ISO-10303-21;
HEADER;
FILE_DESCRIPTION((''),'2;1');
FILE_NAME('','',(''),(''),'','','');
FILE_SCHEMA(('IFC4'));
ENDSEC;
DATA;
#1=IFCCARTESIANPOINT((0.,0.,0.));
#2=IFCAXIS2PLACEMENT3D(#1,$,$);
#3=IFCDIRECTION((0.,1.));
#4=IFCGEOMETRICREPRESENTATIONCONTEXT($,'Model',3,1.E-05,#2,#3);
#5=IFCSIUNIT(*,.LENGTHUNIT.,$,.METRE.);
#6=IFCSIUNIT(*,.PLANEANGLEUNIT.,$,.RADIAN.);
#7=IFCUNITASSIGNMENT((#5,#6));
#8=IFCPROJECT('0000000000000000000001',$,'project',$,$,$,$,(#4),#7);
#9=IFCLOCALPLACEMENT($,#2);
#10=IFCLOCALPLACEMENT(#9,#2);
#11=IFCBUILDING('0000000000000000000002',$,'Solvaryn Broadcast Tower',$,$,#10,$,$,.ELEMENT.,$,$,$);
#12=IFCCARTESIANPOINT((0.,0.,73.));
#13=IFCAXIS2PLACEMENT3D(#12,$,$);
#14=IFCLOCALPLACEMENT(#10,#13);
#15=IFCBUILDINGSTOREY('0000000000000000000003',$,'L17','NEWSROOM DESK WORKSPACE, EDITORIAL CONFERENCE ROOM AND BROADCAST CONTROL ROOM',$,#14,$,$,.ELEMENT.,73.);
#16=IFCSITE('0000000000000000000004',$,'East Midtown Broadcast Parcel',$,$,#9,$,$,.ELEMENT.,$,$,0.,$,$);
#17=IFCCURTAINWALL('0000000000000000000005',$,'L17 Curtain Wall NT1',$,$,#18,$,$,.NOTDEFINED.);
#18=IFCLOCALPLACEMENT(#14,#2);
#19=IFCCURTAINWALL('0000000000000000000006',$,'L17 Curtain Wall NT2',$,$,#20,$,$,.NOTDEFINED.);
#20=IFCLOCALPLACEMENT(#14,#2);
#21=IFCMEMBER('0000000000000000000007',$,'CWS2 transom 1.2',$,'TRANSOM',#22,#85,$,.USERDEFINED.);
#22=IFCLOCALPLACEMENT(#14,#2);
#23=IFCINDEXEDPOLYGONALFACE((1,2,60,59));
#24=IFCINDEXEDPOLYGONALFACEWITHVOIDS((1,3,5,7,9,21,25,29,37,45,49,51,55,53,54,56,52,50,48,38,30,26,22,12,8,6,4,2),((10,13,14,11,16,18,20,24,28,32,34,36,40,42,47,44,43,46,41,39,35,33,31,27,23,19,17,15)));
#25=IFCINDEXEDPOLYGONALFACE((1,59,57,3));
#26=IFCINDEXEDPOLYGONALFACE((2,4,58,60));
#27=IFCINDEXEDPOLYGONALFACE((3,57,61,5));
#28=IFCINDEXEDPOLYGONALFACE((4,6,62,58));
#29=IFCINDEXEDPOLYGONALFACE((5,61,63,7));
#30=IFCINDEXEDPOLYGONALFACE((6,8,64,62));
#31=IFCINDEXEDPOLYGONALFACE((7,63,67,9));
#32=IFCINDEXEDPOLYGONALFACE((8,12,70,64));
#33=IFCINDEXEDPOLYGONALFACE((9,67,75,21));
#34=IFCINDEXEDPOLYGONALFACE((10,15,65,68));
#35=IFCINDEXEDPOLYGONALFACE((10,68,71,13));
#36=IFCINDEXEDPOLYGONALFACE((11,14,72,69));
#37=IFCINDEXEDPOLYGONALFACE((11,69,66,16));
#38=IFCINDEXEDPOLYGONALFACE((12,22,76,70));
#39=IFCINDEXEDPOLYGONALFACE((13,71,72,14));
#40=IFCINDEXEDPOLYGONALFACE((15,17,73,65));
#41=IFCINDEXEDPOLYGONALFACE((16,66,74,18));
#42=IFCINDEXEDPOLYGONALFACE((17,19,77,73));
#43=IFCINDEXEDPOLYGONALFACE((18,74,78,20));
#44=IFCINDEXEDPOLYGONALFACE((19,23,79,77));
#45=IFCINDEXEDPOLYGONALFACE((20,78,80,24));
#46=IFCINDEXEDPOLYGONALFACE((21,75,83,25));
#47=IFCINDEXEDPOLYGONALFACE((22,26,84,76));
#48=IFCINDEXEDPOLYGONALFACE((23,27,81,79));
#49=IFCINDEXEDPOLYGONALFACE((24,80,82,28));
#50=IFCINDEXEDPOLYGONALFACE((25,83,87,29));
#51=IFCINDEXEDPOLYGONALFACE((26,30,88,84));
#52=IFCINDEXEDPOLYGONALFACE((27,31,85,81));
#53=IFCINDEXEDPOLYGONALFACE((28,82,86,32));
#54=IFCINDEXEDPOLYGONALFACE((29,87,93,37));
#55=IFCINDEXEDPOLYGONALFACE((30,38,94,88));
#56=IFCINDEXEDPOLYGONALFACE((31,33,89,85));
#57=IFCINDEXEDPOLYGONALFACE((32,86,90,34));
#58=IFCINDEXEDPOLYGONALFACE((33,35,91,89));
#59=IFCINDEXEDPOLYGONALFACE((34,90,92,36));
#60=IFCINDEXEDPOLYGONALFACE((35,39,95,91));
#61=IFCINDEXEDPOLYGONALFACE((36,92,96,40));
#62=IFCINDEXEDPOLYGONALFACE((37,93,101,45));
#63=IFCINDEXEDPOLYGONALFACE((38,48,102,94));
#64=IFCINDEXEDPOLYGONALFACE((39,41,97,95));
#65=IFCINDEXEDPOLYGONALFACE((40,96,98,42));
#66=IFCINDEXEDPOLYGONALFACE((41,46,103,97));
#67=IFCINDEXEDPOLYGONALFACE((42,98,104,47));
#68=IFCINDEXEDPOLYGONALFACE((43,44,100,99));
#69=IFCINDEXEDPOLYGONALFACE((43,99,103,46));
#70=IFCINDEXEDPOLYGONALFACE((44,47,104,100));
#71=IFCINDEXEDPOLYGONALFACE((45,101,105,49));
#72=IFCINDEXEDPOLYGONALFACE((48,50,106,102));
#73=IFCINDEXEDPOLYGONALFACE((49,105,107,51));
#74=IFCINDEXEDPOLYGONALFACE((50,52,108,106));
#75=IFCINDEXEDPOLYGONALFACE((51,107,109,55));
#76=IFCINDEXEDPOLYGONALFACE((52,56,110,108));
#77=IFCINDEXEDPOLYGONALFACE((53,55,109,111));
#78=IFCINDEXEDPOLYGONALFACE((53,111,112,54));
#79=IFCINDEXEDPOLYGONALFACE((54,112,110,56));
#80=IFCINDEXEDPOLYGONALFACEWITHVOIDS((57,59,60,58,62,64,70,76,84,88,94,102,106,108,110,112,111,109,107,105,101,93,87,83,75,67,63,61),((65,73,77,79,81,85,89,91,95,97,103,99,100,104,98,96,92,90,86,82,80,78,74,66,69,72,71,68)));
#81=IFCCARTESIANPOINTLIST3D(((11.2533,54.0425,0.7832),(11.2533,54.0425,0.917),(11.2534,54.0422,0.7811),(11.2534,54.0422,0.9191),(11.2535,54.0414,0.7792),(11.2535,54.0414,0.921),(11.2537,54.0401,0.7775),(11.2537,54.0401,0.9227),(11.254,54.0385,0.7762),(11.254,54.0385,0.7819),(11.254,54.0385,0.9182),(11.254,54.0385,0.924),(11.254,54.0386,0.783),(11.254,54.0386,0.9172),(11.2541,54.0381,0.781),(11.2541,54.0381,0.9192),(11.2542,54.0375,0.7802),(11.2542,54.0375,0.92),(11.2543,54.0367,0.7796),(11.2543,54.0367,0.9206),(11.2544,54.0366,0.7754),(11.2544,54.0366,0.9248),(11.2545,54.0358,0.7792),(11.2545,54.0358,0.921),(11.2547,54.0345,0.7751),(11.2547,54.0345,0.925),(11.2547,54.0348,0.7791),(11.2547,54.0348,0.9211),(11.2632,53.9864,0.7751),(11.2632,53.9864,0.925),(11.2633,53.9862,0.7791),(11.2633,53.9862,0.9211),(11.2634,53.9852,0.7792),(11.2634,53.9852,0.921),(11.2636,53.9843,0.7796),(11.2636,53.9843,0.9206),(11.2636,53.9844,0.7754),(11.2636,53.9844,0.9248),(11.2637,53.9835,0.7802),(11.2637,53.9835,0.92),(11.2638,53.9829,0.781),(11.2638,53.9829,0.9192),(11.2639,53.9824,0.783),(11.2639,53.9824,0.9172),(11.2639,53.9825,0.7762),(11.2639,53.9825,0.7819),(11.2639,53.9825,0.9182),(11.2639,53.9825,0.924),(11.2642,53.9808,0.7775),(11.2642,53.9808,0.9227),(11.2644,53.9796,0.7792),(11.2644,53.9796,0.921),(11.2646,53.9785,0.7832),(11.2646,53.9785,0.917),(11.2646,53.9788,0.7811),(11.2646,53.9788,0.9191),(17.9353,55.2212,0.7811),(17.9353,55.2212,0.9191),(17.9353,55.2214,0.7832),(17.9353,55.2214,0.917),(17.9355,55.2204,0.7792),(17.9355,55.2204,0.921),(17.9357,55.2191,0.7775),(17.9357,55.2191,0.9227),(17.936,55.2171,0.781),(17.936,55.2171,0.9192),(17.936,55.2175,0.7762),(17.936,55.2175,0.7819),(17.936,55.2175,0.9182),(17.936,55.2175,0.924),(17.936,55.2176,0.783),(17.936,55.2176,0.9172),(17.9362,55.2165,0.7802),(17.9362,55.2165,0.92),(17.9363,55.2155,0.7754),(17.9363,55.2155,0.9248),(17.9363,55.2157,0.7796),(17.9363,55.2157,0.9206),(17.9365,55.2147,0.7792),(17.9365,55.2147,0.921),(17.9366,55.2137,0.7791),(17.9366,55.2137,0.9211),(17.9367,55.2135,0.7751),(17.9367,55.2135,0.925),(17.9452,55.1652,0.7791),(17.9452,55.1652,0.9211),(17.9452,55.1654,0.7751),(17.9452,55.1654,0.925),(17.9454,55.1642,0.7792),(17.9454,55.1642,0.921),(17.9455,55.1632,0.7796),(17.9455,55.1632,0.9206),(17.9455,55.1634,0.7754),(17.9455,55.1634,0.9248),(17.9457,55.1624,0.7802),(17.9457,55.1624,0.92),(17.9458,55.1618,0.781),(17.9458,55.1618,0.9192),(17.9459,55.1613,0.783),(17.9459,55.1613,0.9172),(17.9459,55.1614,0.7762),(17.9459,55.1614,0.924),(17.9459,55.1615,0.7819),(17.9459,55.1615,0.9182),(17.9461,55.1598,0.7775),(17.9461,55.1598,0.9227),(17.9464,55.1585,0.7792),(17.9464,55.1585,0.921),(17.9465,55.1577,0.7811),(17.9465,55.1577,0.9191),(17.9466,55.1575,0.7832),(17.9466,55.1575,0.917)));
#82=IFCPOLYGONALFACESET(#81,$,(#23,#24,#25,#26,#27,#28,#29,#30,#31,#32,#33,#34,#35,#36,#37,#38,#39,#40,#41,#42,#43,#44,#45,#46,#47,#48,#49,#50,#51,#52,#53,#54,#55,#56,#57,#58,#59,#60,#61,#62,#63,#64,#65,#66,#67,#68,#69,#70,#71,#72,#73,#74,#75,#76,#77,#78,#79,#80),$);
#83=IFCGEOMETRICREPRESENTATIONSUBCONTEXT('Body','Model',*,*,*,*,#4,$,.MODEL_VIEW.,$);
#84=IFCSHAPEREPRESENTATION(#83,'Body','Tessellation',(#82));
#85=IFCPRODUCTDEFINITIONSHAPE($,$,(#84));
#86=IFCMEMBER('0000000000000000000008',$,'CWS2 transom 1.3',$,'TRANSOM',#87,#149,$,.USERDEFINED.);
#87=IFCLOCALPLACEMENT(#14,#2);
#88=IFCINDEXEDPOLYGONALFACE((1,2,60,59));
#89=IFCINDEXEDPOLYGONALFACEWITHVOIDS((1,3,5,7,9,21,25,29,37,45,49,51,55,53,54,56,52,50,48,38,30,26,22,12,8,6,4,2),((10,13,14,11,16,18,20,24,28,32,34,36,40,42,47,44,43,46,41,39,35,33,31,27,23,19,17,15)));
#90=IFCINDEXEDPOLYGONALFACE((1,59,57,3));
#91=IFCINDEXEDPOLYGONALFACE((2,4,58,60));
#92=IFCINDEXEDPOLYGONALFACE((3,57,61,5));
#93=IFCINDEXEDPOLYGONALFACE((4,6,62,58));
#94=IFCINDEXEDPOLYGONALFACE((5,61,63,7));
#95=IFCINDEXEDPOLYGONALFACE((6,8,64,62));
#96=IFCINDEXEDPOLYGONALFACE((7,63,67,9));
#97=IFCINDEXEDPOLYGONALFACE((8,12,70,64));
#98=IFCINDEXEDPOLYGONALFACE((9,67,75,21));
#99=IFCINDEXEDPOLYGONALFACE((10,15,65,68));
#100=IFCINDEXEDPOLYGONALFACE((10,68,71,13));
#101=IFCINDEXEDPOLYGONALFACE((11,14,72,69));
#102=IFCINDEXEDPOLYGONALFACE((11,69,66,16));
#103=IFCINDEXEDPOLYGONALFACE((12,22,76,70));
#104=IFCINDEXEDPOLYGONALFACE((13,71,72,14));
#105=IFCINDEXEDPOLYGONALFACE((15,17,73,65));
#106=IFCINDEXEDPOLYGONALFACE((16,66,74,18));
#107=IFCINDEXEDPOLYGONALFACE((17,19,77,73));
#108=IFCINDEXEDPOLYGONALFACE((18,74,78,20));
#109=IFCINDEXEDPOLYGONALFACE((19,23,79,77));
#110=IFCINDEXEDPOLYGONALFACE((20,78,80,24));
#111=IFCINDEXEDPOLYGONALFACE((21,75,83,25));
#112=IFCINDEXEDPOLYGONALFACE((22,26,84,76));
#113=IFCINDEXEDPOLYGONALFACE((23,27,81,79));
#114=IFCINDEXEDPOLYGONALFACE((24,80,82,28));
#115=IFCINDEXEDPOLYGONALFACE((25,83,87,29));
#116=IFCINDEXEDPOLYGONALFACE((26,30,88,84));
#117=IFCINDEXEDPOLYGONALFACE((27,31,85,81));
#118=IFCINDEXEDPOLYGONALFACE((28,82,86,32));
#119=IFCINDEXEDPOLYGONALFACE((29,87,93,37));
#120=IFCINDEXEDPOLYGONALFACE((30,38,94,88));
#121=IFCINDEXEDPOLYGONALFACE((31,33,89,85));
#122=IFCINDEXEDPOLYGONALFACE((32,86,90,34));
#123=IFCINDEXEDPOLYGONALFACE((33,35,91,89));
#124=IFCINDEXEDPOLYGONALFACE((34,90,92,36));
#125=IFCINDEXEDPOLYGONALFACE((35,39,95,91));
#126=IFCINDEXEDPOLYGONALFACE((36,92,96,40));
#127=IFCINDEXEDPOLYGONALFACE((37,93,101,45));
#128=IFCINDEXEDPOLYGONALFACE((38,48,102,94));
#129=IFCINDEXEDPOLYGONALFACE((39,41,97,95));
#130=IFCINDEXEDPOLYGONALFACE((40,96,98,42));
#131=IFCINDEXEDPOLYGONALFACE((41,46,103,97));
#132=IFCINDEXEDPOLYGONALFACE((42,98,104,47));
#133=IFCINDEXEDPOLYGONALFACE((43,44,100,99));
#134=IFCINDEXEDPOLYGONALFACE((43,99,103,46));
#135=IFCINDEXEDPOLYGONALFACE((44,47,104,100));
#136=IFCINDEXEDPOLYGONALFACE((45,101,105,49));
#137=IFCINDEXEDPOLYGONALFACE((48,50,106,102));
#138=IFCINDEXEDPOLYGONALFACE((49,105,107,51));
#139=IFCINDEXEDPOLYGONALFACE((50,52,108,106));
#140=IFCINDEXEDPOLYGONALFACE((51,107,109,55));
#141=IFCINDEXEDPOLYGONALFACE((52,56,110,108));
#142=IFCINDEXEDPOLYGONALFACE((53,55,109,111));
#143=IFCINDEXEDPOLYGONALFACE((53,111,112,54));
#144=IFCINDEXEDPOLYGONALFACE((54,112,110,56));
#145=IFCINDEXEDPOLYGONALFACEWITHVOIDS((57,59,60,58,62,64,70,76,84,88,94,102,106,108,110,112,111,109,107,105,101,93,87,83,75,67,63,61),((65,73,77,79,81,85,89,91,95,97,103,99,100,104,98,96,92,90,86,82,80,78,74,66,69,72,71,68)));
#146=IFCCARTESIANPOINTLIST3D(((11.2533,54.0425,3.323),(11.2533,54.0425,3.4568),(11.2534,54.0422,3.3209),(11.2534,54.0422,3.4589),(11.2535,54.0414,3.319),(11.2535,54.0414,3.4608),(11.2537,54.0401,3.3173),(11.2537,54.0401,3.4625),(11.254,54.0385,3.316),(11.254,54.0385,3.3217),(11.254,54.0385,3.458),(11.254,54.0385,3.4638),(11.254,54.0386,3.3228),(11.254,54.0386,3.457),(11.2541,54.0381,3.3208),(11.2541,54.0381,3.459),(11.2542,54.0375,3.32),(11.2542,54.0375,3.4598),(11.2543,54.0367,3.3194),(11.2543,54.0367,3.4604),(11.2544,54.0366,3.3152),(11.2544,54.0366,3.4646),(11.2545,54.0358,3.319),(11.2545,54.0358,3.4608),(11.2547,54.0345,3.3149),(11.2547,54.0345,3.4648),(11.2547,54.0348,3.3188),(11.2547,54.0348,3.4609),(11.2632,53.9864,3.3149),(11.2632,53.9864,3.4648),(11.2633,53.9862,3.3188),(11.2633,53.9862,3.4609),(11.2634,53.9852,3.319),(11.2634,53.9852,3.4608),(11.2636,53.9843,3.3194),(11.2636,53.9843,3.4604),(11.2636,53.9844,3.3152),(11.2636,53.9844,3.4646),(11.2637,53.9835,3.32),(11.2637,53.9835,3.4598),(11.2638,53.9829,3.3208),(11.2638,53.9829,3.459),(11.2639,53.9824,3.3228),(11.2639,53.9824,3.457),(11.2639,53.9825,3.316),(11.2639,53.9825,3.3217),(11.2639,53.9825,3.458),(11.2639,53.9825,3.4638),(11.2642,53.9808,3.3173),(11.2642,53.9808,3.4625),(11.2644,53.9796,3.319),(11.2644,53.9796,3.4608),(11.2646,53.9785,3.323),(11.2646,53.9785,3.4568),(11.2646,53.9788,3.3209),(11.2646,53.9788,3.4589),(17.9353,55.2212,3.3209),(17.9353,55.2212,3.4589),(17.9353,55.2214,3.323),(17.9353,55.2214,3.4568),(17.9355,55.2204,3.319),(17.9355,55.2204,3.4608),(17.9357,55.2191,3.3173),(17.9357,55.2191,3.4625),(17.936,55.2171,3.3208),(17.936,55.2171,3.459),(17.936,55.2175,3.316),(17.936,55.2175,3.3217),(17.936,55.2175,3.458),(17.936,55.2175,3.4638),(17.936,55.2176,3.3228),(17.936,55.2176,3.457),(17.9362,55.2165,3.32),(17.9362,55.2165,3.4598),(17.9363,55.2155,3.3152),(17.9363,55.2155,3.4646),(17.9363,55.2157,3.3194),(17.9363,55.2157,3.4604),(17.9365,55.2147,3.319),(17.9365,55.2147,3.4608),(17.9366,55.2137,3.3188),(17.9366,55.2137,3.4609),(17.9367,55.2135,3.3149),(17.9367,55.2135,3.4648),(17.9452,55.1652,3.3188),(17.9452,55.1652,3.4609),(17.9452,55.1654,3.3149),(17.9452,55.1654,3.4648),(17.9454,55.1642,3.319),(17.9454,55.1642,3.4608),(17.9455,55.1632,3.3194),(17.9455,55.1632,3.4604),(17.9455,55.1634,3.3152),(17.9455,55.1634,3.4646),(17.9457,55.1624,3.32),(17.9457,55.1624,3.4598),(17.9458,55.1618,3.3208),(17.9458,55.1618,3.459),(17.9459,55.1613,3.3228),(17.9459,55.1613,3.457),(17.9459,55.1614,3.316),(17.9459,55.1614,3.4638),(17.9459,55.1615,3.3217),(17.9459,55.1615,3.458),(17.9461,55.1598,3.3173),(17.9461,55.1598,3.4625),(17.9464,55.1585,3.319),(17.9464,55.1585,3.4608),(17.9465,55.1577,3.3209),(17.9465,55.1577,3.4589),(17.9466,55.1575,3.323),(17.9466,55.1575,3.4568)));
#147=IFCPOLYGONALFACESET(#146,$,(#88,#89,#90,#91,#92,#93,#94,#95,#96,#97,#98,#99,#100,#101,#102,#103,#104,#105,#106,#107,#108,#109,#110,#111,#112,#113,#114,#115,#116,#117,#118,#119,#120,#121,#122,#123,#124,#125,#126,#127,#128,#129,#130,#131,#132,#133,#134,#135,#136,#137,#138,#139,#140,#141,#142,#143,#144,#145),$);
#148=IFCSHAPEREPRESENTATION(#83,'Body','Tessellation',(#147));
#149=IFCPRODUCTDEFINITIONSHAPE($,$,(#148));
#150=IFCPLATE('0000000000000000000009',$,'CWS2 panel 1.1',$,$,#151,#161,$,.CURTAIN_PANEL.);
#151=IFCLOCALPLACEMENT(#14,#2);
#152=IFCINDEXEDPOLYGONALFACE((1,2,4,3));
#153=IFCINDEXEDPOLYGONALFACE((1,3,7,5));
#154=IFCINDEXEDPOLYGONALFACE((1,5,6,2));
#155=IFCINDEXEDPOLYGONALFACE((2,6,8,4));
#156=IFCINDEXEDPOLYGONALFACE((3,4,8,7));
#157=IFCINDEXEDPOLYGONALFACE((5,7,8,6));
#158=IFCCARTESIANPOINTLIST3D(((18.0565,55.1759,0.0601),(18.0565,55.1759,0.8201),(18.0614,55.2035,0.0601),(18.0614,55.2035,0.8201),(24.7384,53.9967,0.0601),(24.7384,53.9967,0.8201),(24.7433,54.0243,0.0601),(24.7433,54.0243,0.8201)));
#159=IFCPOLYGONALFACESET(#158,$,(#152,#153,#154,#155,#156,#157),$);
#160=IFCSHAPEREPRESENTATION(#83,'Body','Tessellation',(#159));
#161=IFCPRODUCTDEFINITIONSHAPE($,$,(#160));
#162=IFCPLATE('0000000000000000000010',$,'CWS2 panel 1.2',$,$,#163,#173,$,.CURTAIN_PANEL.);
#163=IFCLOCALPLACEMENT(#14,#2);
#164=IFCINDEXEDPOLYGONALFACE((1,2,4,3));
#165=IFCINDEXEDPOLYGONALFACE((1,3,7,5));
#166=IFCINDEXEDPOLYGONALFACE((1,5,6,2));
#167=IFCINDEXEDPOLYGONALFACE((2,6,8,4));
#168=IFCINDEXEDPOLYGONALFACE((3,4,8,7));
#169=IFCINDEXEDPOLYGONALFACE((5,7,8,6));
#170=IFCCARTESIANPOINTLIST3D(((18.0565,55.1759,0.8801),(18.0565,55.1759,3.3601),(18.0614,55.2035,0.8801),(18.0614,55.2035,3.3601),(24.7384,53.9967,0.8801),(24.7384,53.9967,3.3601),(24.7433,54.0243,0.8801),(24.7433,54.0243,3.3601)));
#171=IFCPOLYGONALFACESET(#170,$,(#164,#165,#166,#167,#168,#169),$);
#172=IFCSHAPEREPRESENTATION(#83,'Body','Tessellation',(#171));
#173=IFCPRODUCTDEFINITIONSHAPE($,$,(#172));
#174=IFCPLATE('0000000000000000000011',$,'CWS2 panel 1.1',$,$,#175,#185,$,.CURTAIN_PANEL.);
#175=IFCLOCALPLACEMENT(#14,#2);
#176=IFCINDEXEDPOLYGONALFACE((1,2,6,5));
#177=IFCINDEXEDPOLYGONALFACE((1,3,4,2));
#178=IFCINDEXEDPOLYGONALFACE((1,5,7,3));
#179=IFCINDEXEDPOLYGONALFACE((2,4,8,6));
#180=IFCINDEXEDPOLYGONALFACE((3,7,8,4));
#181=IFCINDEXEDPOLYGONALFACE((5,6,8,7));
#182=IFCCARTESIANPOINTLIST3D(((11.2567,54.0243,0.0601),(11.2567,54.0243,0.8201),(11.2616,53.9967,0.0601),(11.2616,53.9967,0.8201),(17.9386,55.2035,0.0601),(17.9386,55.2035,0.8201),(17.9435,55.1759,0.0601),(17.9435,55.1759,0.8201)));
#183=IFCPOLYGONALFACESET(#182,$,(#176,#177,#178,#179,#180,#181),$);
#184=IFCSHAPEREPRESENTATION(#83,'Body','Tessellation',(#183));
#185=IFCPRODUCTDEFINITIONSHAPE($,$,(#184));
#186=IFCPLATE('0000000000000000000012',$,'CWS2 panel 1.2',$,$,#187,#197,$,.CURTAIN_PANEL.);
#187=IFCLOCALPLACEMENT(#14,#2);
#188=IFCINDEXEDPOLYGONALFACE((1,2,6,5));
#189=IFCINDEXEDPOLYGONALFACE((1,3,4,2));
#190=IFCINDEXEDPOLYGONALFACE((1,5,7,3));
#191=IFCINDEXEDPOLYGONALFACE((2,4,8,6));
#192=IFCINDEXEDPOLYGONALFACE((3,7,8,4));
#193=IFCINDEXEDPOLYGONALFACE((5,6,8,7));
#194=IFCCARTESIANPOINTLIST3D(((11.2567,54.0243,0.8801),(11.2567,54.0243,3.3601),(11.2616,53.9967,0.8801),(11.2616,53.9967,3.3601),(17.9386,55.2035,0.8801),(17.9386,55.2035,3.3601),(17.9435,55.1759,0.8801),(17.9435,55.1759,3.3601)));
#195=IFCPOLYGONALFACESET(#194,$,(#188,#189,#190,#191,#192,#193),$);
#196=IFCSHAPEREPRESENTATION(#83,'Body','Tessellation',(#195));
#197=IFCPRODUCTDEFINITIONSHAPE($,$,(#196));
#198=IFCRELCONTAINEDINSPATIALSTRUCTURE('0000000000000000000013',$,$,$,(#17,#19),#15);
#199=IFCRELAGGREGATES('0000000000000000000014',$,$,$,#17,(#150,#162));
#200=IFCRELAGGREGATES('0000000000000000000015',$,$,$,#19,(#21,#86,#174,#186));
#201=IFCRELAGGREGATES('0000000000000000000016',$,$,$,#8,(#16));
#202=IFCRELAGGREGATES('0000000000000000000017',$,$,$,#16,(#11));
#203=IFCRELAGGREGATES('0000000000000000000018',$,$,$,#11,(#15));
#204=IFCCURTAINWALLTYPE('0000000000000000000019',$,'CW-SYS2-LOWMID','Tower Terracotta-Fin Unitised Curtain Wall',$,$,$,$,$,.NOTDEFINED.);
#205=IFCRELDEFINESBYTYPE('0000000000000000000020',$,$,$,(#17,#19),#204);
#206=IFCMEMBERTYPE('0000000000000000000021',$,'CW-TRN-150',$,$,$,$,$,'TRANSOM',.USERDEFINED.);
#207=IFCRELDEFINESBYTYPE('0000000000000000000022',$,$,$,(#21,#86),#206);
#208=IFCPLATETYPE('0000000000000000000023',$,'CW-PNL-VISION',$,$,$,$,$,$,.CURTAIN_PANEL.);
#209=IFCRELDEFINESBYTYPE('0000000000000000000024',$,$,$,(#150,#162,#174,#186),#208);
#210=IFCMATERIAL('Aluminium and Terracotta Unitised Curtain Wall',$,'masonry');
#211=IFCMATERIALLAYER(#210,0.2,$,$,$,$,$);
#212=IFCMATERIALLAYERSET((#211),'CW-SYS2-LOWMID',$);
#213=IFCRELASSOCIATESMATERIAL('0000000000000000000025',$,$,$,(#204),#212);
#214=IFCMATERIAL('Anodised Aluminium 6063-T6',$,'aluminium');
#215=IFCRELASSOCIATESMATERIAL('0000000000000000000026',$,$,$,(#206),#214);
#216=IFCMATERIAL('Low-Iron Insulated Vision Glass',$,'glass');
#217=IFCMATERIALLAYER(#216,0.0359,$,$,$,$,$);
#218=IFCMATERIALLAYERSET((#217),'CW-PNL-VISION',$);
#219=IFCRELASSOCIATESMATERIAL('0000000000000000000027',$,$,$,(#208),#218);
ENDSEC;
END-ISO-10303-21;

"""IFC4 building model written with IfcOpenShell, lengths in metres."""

from ifc_helpers import new_model, si_unit, direction, frame, origin, origin_2d, place, context, subcontext, project, spatial, rectangle, hollow_rectangle, extrude, material, layer, layer_set, material_profile, profile_set, type_object, element, aggregate, save


model = new_model("IFC4")

# Units and contexts
model_context = context("Model", 3, precision=1e-05, world=origin(), true_north=direction((0.0, 1.0)))
body_context = subcontext(model_context, "Body", "Model", "MODEL_VIEW")
ifc_project = project(units=[si_unit("LENGTHUNIT", "METRE"), si_unit("PLANEANGLEUNIT", "RADIAN")], contexts=[model_context])

# Site, building, storey
site_placement = place(None, origin())
site = spatial("IfcSite", under=ifc_project, at=site_placement, Name="East Midtown Broadcast Parcel", CompositionType="ELEMENT", RefElevation=0.0)
building_placement = place(site_placement, origin())
building = spatial("IfcBuilding", under=site, at=building_placement, Name="Solvaryn Broadcast Tower", CompositionType="ELEMENT")
storey_placement = place(building_placement, frame((0.0, 0.0, 73.0)))
storey = spatial("IfcBuildingStorey", under=building, at=storey_placement, Name="L17", Description="NEWSROOM DESK WORKSPACE, EDITORIAL CONFERENCE ROOM AND BROADCAST CONTROL ROOM", CompositionType="ELEMENT", Elevation=73.0)

# Curtain wall
ifc_material_1 = material(Name="Aluminium and Terracotta Unitised Curtain Wall", Category="masonry")
ifc_layer_1 = layer(ifc_material_1, 0.2)
ifc_layer_set_1 = layer_set([ifc_layer_1], Name="CW-SYS2-LOWMID")
curtain_wall_type = type_object("IfcCurtainWallType", Name="CW-SYS2-LOWMID", Description="Tower Terracotta-Fin Unitised Curtain Wall", PredefinedType="NOTDEFINED", material=ifc_layer_set_1)
curtain_wall_1_placement = place(storey_placement, origin())
curtain_wall_1 = element("IfcCurtainWall", 1, at=curtain_wall_1_placement, inside=storey, type_object=curtain_wall_type, Name="L17 Curtain Wall NT1", PredefinedType="NOTDEFINED")

# Curtain wall, members
curtain_wall_2_placement = place(storey_placement, origin())
curtain_wall_2 = element("IfcCurtainWall", 2, at=curtain_wall_2_placement, inside=storey, type_object=curtain_wall_type, Name="L17 Curtain Wall NT2", PredefinedType="NOTDEFINED")
ifc_material_2 = material(Name="Anodised Aluminium 6063-T6", Category="aluminium")
ifc_material_profile_1 = material_profile(ifc_material_2, hollow_rectangle(XDim=0.0649, YDim=0.1499, WallThickness=0.0039, InnerFilletRadius=0.0039, OuterFilletRadius=0.0081, at=origin_2d()))
ifc_profile_set_1 = profile_set([ifc_material_profile_1], Name="Anodised Aluminium 6063-T6")
member_type_1 = type_object("IfcMemberType", Name="CW-TRN-150", ElementType="TRANSOM", PredefinedType="USERDEFINED", material=ifc_profile_set_1)
member_1_placement = place(storey_placement, frame((17.9409, 55.1895, 0.8501), z_axis=(-0.984789, -0.173757, 0.0), x_axis=(0.173757, -0.984789, 0.0)))
member_1 = element("IfcMember", 3, at=member_1_placement, type_object=member_type_1, Name="CWS2 transom 1.2", ObjectType="TRANSOM", PredefinedType="USERDEFINED", context=body_context, shape_type="SweptSolid", body=[
    extrude(hollow_rectangle(XDim=0.0649, YDim=0.1499, WallThickness=0.0039, InnerFilletRadius=0.0039, OuterFilletRadius=0.0081, at=origin_2d()), origin(), (0.0, 0.0, 1.0), 6.7852),
])
member_2_placement = place(storey_placement, frame((17.9409, 55.1895, 3.3899), z_axis=(-0.984789, -0.173757, 0.0), x_axis=(0.173757, -0.984789, 0.0)))
member_2 = element("IfcMember", 4, at=member_2_placement, type_object=member_type_1, Name="CWS2 transom 1.3", ObjectType="TRANSOM", PredefinedType="USERDEFINED", context=body_context, shape_type="SweptSolid", body=[
    extrude(hollow_rectangle(XDim=0.0649, YDim=0.1499, WallThickness=0.0039, InnerFilletRadius=0.0039, OuterFilletRadius=0.0081, at=origin_2d()), origin(), (0.0, 0.0, 1.0), 6.7852),
])

# Plates
ifc_material_3 = material(Name="Low-Iron Insulated Vision Glass", Category="glass")
ifc_layer_2 = layer(ifc_material_3, 0.0359)
ifc_layer_set_2 = layer_set([ifc_layer_2], Name="CW-PNL-VISION")
plate_type = type_object("IfcPlateType", Name="CW-PNL-VISION", PredefinedType="CURTAIN_PANEL", material=ifc_layer_set_2)
plate_1_placement = place(storey_placement, frame((21.3999, 54.6001, 0.0601), z_axis=(0.0, 0.0, 1.0), x_axis=(-0.984784, 0.173785, 0.0)))
plate_1 = element("IfcPlate", 5, at=plate_1_placement, type_object=plate_type, Name="CWS2 panel 1.1", PredefinedType="CURTAIN_PANEL", context=body_context, shape_type="SweptSolid", body=[
    extrude(rectangle(XDim=6.7852, YDim=0.0281, at=origin_2d()), origin(), (0.0, 0.0, 1.0), 0.76),
])
plate_2_placement = place(storey_placement, frame((21.3999, 54.6001, 0.8801), z_axis=(0.0, 0.0, 1.0), x_axis=(-0.984784, 0.173785, 0.0)))
plate_2 = element("IfcPlate", 6, at=plate_2_placement, type_object=plate_type, Name="CWS2 panel 1.2", PredefinedType="CURTAIN_PANEL", context=body_context, shape_type="SweptSolid", body=[
    extrude(rectangle(XDim=6.7852, YDim=0.0281, at=origin_2d()), origin(), (0.0, 0.0, 1.0), 2.48),
])
aggregate(curtain_wall_1, [plate_1, plate_2])
plate_3_placement = place(storey_placement, frame((14.6001, 54.6001, 0.0601), z_axis=(0.0, 0.0, 1.0), x_axis=(-0.984784, -0.173785, 0.0)))
plate_3 = element("IfcPlate", 7, at=plate_3_placement, type_object=plate_type, Name="CWS2 panel 1.1", PredefinedType="CURTAIN_PANEL", context=body_context, shape_type="SweptSolid", body=[
    extrude(rectangle(XDim=6.7852, YDim=0.0281, at=origin_2d()), origin(), (0.0, 0.0, 1.0), 0.76),
])
plate_4_placement = place(storey_placement, frame((14.6001, 54.6001, 0.8801), z_axis=(0.0, 0.0, 1.0), x_axis=(-0.984784, -0.173785, 0.0)))
plate_4 = element("IfcPlate", 8, at=plate_4_placement, type_object=plate_type, Name="CWS2 panel 1.2", PredefinedType="CURTAIN_PANEL", context=body_context, shape_type="SweptSolid", body=[
    extrude(rectangle(XDim=6.7852, YDim=0.0281, at=origin_2d()), origin(), (0.0, 0.0, 1.0), 2.48),
])
aggregate(curtain_wall_2, [member_1, member_2, plate_3, plate_4])

save(model, "model.ifc")
